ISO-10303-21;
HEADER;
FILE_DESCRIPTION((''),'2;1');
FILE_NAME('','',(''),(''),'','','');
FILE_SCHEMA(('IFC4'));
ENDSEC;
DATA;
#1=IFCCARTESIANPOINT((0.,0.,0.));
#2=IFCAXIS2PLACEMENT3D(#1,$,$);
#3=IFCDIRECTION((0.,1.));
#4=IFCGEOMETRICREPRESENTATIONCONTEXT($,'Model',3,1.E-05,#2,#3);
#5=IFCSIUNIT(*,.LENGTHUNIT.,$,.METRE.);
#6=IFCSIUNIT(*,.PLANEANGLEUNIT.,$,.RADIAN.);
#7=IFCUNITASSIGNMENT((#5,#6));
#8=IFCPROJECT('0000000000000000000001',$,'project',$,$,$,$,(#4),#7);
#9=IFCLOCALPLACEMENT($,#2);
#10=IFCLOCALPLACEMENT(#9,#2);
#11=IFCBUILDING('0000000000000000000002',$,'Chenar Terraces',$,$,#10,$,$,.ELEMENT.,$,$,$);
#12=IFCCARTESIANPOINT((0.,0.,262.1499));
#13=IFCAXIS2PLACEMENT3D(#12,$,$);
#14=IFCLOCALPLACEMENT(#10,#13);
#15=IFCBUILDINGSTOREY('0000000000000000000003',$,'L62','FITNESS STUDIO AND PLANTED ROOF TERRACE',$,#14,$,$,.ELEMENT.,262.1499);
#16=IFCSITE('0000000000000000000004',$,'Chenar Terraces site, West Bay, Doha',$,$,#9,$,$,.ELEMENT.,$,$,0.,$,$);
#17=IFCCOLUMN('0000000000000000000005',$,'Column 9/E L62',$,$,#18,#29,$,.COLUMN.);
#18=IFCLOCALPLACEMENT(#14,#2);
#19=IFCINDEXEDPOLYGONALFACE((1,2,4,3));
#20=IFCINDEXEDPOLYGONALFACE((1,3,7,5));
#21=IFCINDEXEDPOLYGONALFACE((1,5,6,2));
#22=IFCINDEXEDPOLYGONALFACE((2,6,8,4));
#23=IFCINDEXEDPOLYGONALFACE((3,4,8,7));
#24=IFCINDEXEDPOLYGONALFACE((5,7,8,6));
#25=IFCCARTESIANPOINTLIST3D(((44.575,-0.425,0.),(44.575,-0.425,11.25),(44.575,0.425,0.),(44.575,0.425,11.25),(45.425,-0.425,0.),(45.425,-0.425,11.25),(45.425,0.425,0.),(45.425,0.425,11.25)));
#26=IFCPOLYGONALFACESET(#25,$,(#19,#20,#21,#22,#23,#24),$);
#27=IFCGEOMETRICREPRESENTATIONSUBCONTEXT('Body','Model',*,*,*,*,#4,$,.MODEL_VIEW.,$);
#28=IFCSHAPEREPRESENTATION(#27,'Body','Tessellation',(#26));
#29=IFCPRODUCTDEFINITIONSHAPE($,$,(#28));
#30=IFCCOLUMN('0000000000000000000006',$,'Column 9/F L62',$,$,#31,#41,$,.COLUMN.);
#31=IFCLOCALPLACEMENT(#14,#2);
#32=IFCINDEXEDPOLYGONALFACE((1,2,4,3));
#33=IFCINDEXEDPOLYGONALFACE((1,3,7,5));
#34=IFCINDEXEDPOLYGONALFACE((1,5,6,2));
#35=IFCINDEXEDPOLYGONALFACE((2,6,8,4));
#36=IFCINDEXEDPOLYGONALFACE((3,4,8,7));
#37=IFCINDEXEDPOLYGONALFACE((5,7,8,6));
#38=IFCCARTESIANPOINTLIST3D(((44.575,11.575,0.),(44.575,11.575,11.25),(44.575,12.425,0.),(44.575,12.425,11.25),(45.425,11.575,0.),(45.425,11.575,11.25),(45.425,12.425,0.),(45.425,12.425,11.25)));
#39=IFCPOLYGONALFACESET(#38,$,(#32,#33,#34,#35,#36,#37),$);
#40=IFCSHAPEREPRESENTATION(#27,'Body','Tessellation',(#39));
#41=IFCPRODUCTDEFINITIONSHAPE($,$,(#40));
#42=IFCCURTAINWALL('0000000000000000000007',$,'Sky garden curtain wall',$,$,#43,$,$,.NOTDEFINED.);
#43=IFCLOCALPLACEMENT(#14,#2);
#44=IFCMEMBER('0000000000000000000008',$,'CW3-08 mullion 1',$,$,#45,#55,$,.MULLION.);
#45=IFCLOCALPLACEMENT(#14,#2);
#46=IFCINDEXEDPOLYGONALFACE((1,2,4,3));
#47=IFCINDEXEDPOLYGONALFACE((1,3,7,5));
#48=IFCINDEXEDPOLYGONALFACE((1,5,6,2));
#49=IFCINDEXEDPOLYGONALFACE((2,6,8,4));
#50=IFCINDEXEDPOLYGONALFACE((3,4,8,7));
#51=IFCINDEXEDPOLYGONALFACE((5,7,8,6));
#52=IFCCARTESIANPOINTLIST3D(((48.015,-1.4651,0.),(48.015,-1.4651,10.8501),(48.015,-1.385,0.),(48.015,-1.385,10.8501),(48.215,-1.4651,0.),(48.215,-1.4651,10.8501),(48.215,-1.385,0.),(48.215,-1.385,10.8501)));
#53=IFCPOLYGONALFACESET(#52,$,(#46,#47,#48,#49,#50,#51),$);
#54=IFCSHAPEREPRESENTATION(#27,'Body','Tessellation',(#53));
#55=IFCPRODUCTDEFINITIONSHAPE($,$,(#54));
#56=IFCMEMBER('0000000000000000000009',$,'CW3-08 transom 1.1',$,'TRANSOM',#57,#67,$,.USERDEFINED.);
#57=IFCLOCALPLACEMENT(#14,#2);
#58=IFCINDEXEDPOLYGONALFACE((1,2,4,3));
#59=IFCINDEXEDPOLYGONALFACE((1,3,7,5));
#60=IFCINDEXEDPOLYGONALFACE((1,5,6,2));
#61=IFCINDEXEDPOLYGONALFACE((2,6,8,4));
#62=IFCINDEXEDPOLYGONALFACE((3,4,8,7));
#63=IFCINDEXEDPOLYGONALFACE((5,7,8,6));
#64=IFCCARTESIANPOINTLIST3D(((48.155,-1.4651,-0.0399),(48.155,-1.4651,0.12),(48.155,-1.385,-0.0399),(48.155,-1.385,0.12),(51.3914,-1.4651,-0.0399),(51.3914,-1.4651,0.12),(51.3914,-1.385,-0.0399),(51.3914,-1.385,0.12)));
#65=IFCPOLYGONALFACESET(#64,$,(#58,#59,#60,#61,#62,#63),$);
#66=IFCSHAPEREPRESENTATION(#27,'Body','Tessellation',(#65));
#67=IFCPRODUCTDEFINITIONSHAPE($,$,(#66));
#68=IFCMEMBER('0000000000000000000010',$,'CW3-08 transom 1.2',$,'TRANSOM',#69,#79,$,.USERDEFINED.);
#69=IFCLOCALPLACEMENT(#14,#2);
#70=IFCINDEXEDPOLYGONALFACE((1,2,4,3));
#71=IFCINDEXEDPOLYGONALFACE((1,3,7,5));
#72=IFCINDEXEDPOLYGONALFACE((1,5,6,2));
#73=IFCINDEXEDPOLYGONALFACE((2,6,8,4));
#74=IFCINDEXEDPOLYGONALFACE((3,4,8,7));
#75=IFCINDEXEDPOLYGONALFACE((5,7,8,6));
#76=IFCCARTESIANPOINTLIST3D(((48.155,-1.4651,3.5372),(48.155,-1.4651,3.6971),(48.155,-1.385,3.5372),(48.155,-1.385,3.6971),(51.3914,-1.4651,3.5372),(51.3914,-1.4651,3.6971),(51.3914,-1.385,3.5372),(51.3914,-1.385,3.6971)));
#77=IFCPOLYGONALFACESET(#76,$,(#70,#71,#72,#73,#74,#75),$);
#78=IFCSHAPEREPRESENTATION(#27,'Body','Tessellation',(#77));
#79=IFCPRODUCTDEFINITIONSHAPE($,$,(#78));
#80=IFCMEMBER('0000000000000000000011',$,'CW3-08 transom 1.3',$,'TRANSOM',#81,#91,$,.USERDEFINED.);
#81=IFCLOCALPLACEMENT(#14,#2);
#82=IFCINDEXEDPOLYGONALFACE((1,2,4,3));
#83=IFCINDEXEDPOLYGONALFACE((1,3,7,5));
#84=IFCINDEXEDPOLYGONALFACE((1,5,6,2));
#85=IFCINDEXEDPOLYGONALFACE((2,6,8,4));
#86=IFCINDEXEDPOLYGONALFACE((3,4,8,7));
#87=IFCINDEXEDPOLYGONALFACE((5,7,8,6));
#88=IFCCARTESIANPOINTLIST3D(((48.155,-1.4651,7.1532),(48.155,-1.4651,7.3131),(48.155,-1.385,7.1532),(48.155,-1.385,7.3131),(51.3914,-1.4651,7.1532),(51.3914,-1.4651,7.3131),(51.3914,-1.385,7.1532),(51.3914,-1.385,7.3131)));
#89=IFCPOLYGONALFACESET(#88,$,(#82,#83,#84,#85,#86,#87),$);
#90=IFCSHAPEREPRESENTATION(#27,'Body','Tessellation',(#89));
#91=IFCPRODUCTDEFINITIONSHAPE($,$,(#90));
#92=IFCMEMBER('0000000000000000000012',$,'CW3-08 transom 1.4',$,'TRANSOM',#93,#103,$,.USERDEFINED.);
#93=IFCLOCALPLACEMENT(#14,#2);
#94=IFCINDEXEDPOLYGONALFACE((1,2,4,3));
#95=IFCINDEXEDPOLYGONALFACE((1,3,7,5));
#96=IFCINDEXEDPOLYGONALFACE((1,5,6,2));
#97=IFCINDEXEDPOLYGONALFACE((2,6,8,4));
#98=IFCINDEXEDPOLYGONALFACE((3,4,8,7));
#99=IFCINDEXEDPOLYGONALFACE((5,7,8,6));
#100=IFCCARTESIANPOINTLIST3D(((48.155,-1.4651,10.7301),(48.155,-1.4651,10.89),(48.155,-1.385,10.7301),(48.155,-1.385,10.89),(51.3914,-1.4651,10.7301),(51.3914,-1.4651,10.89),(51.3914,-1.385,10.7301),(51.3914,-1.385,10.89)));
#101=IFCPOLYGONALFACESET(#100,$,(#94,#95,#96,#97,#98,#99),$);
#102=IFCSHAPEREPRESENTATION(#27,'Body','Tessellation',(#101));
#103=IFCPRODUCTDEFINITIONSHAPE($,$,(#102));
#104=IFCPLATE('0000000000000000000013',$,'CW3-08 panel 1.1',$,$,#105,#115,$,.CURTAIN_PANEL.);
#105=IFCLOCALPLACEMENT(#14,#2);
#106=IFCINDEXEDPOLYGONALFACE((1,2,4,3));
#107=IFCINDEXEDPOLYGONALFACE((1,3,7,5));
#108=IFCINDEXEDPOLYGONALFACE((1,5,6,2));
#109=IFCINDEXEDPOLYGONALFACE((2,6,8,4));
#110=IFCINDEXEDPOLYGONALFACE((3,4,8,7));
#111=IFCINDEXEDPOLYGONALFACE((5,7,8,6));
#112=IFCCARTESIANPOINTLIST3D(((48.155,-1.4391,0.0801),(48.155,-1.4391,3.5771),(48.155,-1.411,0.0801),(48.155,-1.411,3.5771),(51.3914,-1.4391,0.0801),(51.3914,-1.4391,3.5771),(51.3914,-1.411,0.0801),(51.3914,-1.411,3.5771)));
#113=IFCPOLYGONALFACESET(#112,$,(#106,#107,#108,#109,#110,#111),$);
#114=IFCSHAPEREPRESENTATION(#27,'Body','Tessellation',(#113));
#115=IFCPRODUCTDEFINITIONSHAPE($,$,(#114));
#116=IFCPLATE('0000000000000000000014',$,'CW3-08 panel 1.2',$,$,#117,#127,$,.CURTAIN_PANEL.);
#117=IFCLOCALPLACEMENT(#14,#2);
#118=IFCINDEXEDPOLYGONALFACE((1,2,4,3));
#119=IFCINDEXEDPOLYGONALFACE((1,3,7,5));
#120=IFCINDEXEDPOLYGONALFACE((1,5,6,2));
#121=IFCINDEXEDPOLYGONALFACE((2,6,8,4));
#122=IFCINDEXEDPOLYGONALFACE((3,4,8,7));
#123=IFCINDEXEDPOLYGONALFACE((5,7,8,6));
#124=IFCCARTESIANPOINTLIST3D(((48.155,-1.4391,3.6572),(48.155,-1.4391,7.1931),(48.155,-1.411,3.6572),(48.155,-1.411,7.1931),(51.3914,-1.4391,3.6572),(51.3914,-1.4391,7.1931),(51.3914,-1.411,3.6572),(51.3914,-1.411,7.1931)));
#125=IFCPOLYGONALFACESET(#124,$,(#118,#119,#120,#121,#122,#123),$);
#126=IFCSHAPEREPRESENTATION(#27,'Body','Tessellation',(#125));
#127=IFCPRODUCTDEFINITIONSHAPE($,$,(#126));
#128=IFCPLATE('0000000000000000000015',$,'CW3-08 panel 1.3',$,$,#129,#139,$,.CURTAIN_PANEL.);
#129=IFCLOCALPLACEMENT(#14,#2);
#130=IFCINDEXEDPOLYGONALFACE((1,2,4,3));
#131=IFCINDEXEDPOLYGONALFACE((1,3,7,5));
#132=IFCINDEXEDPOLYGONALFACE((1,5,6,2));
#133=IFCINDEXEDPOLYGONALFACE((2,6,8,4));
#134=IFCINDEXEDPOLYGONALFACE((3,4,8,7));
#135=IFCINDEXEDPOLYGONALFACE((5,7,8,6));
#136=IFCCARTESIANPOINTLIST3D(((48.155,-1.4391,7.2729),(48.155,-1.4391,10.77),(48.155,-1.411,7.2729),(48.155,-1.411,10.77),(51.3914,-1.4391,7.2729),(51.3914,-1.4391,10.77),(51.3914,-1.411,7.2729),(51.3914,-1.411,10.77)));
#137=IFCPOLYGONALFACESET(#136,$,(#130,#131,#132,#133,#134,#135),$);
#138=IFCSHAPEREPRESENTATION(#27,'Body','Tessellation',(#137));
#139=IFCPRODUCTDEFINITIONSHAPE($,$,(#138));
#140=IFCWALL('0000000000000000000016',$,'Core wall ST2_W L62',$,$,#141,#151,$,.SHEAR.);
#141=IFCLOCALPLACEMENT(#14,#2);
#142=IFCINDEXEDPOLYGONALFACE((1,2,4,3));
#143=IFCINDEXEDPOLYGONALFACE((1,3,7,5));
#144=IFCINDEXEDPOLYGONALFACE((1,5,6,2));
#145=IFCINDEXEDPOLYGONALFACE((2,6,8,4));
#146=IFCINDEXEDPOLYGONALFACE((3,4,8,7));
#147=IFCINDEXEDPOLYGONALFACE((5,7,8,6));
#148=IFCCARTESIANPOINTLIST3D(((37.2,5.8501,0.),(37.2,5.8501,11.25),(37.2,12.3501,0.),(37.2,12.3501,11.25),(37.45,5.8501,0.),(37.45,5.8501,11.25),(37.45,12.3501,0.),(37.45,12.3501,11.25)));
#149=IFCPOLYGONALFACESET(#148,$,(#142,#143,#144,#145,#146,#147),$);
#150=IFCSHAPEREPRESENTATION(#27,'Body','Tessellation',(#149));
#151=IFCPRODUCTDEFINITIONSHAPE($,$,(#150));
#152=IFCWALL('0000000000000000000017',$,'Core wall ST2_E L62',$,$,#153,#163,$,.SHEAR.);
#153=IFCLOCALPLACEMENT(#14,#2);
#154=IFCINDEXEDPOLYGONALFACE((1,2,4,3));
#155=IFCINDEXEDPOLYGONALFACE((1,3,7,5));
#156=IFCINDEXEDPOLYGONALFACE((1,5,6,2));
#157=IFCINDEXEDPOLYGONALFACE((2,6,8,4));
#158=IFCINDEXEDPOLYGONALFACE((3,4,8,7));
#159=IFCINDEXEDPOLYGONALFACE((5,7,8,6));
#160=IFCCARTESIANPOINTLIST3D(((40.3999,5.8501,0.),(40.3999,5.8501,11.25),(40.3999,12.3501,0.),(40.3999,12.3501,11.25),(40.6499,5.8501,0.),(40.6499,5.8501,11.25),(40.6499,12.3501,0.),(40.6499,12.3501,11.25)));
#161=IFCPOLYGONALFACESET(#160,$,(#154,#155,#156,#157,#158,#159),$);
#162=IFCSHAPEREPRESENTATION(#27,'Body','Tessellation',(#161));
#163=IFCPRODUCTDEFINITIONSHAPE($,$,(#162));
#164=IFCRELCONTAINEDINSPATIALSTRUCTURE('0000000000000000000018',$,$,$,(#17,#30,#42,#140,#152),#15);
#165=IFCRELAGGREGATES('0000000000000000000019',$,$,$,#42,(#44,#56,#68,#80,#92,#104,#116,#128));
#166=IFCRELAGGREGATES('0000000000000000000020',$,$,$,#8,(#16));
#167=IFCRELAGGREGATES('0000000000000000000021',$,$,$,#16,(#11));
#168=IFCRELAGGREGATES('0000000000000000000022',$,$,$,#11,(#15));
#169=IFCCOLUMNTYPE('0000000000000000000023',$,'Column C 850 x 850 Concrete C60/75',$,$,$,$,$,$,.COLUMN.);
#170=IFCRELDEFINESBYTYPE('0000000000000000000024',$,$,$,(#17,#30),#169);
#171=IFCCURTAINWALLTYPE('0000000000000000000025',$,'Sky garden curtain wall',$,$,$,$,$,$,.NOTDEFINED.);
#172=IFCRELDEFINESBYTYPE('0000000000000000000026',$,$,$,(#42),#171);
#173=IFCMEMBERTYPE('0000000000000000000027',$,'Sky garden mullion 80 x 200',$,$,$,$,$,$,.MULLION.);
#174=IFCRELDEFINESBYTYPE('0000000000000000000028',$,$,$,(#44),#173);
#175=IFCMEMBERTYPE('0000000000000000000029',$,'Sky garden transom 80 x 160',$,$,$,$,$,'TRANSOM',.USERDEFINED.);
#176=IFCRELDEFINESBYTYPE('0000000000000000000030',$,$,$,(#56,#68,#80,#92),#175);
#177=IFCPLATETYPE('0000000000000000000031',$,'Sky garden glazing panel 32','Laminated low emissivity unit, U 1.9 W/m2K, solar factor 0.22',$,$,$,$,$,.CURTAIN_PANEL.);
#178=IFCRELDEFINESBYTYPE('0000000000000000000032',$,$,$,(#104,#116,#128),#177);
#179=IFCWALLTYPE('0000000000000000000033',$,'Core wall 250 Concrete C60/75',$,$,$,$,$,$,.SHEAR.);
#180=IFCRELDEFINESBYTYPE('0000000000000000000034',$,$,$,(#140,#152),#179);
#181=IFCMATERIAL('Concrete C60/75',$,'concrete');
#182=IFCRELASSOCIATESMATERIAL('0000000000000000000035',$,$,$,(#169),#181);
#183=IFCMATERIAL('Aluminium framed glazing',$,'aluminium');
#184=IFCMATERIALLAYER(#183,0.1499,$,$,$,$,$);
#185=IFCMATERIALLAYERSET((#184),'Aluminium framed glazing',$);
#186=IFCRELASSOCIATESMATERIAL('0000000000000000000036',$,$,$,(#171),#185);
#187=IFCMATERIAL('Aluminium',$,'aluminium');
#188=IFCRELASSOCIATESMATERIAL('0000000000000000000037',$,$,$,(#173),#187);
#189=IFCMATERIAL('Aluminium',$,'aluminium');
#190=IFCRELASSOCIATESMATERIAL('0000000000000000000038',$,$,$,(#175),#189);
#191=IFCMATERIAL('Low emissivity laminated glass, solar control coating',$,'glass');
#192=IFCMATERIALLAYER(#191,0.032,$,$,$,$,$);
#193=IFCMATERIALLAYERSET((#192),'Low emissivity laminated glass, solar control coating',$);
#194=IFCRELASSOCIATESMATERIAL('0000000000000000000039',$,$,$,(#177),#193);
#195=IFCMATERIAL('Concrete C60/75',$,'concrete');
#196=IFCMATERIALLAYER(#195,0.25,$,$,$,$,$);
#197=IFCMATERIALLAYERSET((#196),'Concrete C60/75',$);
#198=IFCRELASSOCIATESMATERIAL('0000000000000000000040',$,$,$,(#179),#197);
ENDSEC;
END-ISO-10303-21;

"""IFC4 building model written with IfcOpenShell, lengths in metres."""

from ifc_helpers import new_model, si_unit, direction, frame, frame_2d, origin, origin_2d, place, context, subcontext, project, spatial, rectangle, extrude, material, layer, layer_set, material_profile, profile_set, type_object, element, aggregate, save


model = new_model("IFC4")

# Units and contexts
model_context = context("Model", 3, precision=1e-05, world=origin(), true_north=direction((0.0, 1.0)))
body_context = subcontext(model_context, "Body", "Model", "MODEL_VIEW")
ifc_project = project(units=[si_unit("LENGTHUNIT", "METRE"), si_unit("PLANEANGLEUNIT", "RADIAN")], contexts=[model_context])

# Site, building, storey
site_placement = place(None, origin())
site = spatial("IfcSite", under=ifc_project, at=site_placement, Name="Chenar Terraces site, West Bay, Doha", CompositionType="ELEMENT", RefElevation=0.0)
building_placement = place(site_placement, origin())
building = spatial("IfcBuilding", under=site, at=building_placement, Name="Chenar Terraces", CompositionType="ELEMENT")
storey_placement = place(building_placement, frame((0.0, 0.0, 262.1499)))
storey = spatial("IfcBuildingStorey", under=building, at=storey_placement, Name="L62", Description="FITNESS STUDIO AND PLANTED ROOF TERRACE", CompositionType="ELEMENT", Elevation=262.1499)

# Columns
ifc_material_1 = material(Name="Concrete C60/75", Category="concrete")
ifc_material_profile_1 = material_profile(ifc_material_1, rectangle(XDim=0.8501, YDim=0.8501, at=origin_2d()), Name="C 850 x 850")
ifc_profile_set_1 = profile_set([ifc_material_profile_1], Name="Concrete C60/75")
column_type = type_object("IfcColumnType", Name="Column C 850 x 850 Concrete C60/75", PredefinedType="COLUMN", material=ifc_profile_set_1)
for number, where, z_axis, x_axis, name in (
    (1, (45.0, 0.0, 0.0), (0.0, 0.0, 1.0), (1.0, 0.0, 0.0), "Column 9/E L62"),
    (2, (45.0, 12.0, 0.0), (0.0, 0.0, 1.0), (1.0, 0.0, 0.0), "Column 9/F L62"),
):
    element("IfcColumn", number, at=place(storey_placement, frame(where, z_axis=z_axis, x_axis=x_axis)), inside=storey, type_object=column_type, Name=name, PredefinedType="COLUMN", context=body_context, shape_type="SweptSolid", body=[
        extrude(rectangle(XDim=0.8501, YDim=0.8501, at=origin_2d()), origin(), (0.0, 0.0, 1.0), 11.25),
    ])

# Curtain wall, members, plates
ifc_material_2 = material(Name="Aluminium framed glazing", Category="aluminium")
ifc_layer_1 = layer(ifc_material_2, 0.1499)
ifc_layer_set_1 = layer_set([ifc_layer_1], Name="Aluminium framed glazing")
curtain_wall_type = type_object("IfcCurtainWallType", Name="Sky garden curtain wall", PredefinedType="NOTDEFINED", material=ifc_layer_set_1)
placement = place(storey_placement, origin())
curtain_wall = element("IfcCurtainWall", 3, at=placement, inside=storey, type_object=curtain_wall_type, Name="Sky garden curtain wall", PredefinedType="NOTDEFINED")
ifc_material_3 = material(Name="Aluminium", Category="aluminium")
ifc_material_profile_2 = material_profile(ifc_material_3, rectangle(XDim=0.0801, YDim=0.2, at=origin_2d()), Name="Sky garden mullion 80 x 200")
ifc_profile_set_2 = profile_set([ifc_material_profile_2], Name="Aluminium")
member_type_1 = type_object("IfcMemberType", Name="Sky garden mullion 80 x 200", PredefinedType="MULLION", material=ifc_profile_set_2)
member_1_placement = place(storey_placement, frame((48.115, -1.425, 0.0), z_axis=(0.0, 0.0, 1.0), x_axis=(0.0, 1.0, 0.0)))
member_1 = element("IfcMember", 4, at=member_1_placement, type_object=member_type_1, Name="CW3-08 mullion 1", PredefinedType="MULLION", context=body_context, shape_type="SweptSolid", body=[
    extrude(rectangle(XDim=0.0801, YDim=0.2, at=origin_2d()), origin(), (0.0, 0.0, 1.0), 10.8501),
])
ifc_material_4 = material(Name="Aluminium", Category="aluminium")
ifc_material_profile_3 = material_profile(ifc_material_4, rectangle(XDim=0.0801, YDim=0.1599, at=origin_2d()), Name="Sky garden transom 80 x 160")
ifc_profile_set_3 = profile_set([ifc_material_profile_3], Name="Aluminium")
member_type_2 = type_object("IfcMemberType", Name="Sky garden transom 80 x 160", ElementType="TRANSOM", PredefinedType="USERDEFINED", material=ifc_profile_set_3)
member_2_placement = place(storey_placement, frame((48.155, -1.425, 0.04), z_axis=(1.0, 0.0, 0.0), x_axis=(0.0, 1.0, 0.0)))
member_2 = element("IfcMember", 5, at=member_2_placement, type_object=member_type_2, Name="CW3-08 transom 1.1", ObjectType="TRANSOM", PredefinedType="USERDEFINED", context=body_context, shape_type="SweptSolid", body=[
    extrude(rectangle(XDim=0.0801, YDim=0.1599, at=origin_2d()), origin(), (0.0, 0.0, 1.0), 3.2363),
])
member_3_placement = place(storey_placement, frame((48.155, -1.425, 3.6172), z_axis=(1.0, 0.0, 0.0), x_axis=(0.0, 1.0, 0.0)))
member_3 = element("IfcMember", 6, at=member_3_placement, type_object=member_type_2, Name="CW3-08 transom 1.2", ObjectType="TRANSOM", PredefinedType="USERDEFINED", context=body_context, shape_type="SweptSolid", body=[
    extrude(rectangle(XDim=0.0801, YDim=0.1599, at=origin_2d()), origin(), (0.0, 0.0, 1.0), 3.2363),
])
member_4_placement = place(storey_placement, frame((48.155, -1.425, 7.2332), z_axis=(1.0, 0.0, 0.0), x_axis=(0.0, 1.0, 0.0)))
member_4 = element("IfcMember", 7, at=member_4_placement, type_object=member_type_2, Name="CW3-08 transom 1.3", ObjectType="TRANSOM", PredefinedType="USERDEFINED", context=body_context, shape_type="SweptSolid", body=[
    extrude(rectangle(XDim=0.0801, YDim=0.1599, at=origin_2d()), origin(), (0.0, 0.0, 1.0), 3.2363),
])
member_5_placement = place(storey_placement, frame((48.155, -1.425, 10.8101), z_axis=(1.0, 0.0, 0.0), x_axis=(0.0, 1.0, 0.0)))
member_5 = element("IfcMember", 8, at=member_5_placement, type_object=member_type_2, Name="CW3-08 transom 1.4", ObjectType="TRANSOM", PredefinedType="USERDEFINED", context=body_context, shape_type="SweptSolid", body=[
    extrude(rectangle(XDim=0.0801, YDim=0.1599, at=origin_2d()), origin(), (0.0, 0.0, 1.0), 3.2363),
])
ifc_material_5 = material(Name="Low emissivity laminated glass, solar control coating", Category="glass")
ifc_layer_2 = layer(ifc_material_5, 0.032)
ifc_layer_set_2 = layer_set([ifc_layer_2], Name="Low emissivity laminated glass, solar control coating")
plate_type = type_object("IfcPlateType", Name="Sky garden glazing panel 32", Description="Laminated low emissivity unit, U 1.9 W/m2K, solar factor 0.22", PredefinedType="CURTAIN_PANEL", material=ifc_layer_set_2)
plate_1_placement = place(storey_placement, frame((49.7732, -1.425, 0.0801), z_axis=(0.0, 0.0, 1.0), x_axis=(1.0, 0.0, 0.0)))
plate_1 = element("IfcPlate", 9, at=plate_1_placement, type_object=plate_type, Name="CW3-08 panel 1.1", PredefinedType="CURTAIN_PANEL", context=body_context, shape_type="SweptSolid", body=[
    extrude(rectangle(XDim=3.2363, YDim=0.0281, at=origin_2d()), origin(), (0.0, 0.0, 1.0), 3.4971),
])
plate_2_placement = place(storey_placement, frame((49.7732, -1.425, 3.6572), z_axis=(0.0, 0.0, 1.0), x_axis=(1.0, 0.0, 0.0)))
plate_2 = element("IfcPlate", 10, at=plate_2_placement, type_object=plate_type, Name="CW3-08 panel 1.2", PredefinedType="CURTAIN_PANEL", context=body_context, shape_type="SweptSolid", body=[
    extrude(rectangle(XDim=3.2363, YDim=0.0281, at=origin_2d()), origin(), (0.0, 0.0, 1.0), 3.5359),
])
plate_3_placement = place(storey_placement, frame((49.7732, -1.425, 7.2729), z_axis=(0.0, 0.0, 1.0), x_axis=(1.0, 0.0, 0.0)))
plate_3 = element("IfcPlate", 11, at=plate_3_placement, type_object=plate_type, Name="CW3-08 panel 1.3", PredefinedType="CURTAIN_PANEL", context=body_context, shape_type="SweptSolid", body=[
    extrude(rectangle(XDim=3.2363, YDim=0.0281, at=origin_2d()), origin(), (0.0, 0.0, 1.0), 3.4971),
])
aggregate(curtain_wall, [member_1, member_2, member_3, member_4, member_5, plate_1, plate_2, plate_3])

# Walls
ifc_material_6 = material(Name="Concrete C60/75", Category="concrete")
ifc_layer_3 = layer(ifc_material_6, 0.25)
ifc_layer_set_3 = layer_set([ifc_layer_3], Name="Concrete C60/75")
wall_type_1 = type_object("IfcWallType", Name="Core wall 250 Concrete C60/75", PredefinedType="SHEAR", material=ifc_layer_set_3)
for number, where, z_axis, x_axis, name in (
    (12, (37.325, 5.8501, 0.0), (0.0, 0.0, 1.0), (0.0, 1.0, 0.0), "Core wall ST2_W L62"),
    (13, (40.5249, 5.8501, 0.0), (0.0, 0.0, 1.0), (0.0, 1.0, 0.0), "Core wall ST2_E L62"),
):
    element("IfcWall", number, at=place(storey_placement, frame(where, z_axis=z_axis, x_axis=x_axis)), inside=storey, type_object=wall_type_1, Name=name, PredefinedType="SHEAR", context=body_context, shape_type="SweptSolid", body=[
        extrude(rectangle(XDim=6.5, YDim=0.25, at=frame_2d((3.25, 0.0))), origin(), (0.0, 0.0, 1.0), 11.25),
    ])

save(model, "model.ifc")
